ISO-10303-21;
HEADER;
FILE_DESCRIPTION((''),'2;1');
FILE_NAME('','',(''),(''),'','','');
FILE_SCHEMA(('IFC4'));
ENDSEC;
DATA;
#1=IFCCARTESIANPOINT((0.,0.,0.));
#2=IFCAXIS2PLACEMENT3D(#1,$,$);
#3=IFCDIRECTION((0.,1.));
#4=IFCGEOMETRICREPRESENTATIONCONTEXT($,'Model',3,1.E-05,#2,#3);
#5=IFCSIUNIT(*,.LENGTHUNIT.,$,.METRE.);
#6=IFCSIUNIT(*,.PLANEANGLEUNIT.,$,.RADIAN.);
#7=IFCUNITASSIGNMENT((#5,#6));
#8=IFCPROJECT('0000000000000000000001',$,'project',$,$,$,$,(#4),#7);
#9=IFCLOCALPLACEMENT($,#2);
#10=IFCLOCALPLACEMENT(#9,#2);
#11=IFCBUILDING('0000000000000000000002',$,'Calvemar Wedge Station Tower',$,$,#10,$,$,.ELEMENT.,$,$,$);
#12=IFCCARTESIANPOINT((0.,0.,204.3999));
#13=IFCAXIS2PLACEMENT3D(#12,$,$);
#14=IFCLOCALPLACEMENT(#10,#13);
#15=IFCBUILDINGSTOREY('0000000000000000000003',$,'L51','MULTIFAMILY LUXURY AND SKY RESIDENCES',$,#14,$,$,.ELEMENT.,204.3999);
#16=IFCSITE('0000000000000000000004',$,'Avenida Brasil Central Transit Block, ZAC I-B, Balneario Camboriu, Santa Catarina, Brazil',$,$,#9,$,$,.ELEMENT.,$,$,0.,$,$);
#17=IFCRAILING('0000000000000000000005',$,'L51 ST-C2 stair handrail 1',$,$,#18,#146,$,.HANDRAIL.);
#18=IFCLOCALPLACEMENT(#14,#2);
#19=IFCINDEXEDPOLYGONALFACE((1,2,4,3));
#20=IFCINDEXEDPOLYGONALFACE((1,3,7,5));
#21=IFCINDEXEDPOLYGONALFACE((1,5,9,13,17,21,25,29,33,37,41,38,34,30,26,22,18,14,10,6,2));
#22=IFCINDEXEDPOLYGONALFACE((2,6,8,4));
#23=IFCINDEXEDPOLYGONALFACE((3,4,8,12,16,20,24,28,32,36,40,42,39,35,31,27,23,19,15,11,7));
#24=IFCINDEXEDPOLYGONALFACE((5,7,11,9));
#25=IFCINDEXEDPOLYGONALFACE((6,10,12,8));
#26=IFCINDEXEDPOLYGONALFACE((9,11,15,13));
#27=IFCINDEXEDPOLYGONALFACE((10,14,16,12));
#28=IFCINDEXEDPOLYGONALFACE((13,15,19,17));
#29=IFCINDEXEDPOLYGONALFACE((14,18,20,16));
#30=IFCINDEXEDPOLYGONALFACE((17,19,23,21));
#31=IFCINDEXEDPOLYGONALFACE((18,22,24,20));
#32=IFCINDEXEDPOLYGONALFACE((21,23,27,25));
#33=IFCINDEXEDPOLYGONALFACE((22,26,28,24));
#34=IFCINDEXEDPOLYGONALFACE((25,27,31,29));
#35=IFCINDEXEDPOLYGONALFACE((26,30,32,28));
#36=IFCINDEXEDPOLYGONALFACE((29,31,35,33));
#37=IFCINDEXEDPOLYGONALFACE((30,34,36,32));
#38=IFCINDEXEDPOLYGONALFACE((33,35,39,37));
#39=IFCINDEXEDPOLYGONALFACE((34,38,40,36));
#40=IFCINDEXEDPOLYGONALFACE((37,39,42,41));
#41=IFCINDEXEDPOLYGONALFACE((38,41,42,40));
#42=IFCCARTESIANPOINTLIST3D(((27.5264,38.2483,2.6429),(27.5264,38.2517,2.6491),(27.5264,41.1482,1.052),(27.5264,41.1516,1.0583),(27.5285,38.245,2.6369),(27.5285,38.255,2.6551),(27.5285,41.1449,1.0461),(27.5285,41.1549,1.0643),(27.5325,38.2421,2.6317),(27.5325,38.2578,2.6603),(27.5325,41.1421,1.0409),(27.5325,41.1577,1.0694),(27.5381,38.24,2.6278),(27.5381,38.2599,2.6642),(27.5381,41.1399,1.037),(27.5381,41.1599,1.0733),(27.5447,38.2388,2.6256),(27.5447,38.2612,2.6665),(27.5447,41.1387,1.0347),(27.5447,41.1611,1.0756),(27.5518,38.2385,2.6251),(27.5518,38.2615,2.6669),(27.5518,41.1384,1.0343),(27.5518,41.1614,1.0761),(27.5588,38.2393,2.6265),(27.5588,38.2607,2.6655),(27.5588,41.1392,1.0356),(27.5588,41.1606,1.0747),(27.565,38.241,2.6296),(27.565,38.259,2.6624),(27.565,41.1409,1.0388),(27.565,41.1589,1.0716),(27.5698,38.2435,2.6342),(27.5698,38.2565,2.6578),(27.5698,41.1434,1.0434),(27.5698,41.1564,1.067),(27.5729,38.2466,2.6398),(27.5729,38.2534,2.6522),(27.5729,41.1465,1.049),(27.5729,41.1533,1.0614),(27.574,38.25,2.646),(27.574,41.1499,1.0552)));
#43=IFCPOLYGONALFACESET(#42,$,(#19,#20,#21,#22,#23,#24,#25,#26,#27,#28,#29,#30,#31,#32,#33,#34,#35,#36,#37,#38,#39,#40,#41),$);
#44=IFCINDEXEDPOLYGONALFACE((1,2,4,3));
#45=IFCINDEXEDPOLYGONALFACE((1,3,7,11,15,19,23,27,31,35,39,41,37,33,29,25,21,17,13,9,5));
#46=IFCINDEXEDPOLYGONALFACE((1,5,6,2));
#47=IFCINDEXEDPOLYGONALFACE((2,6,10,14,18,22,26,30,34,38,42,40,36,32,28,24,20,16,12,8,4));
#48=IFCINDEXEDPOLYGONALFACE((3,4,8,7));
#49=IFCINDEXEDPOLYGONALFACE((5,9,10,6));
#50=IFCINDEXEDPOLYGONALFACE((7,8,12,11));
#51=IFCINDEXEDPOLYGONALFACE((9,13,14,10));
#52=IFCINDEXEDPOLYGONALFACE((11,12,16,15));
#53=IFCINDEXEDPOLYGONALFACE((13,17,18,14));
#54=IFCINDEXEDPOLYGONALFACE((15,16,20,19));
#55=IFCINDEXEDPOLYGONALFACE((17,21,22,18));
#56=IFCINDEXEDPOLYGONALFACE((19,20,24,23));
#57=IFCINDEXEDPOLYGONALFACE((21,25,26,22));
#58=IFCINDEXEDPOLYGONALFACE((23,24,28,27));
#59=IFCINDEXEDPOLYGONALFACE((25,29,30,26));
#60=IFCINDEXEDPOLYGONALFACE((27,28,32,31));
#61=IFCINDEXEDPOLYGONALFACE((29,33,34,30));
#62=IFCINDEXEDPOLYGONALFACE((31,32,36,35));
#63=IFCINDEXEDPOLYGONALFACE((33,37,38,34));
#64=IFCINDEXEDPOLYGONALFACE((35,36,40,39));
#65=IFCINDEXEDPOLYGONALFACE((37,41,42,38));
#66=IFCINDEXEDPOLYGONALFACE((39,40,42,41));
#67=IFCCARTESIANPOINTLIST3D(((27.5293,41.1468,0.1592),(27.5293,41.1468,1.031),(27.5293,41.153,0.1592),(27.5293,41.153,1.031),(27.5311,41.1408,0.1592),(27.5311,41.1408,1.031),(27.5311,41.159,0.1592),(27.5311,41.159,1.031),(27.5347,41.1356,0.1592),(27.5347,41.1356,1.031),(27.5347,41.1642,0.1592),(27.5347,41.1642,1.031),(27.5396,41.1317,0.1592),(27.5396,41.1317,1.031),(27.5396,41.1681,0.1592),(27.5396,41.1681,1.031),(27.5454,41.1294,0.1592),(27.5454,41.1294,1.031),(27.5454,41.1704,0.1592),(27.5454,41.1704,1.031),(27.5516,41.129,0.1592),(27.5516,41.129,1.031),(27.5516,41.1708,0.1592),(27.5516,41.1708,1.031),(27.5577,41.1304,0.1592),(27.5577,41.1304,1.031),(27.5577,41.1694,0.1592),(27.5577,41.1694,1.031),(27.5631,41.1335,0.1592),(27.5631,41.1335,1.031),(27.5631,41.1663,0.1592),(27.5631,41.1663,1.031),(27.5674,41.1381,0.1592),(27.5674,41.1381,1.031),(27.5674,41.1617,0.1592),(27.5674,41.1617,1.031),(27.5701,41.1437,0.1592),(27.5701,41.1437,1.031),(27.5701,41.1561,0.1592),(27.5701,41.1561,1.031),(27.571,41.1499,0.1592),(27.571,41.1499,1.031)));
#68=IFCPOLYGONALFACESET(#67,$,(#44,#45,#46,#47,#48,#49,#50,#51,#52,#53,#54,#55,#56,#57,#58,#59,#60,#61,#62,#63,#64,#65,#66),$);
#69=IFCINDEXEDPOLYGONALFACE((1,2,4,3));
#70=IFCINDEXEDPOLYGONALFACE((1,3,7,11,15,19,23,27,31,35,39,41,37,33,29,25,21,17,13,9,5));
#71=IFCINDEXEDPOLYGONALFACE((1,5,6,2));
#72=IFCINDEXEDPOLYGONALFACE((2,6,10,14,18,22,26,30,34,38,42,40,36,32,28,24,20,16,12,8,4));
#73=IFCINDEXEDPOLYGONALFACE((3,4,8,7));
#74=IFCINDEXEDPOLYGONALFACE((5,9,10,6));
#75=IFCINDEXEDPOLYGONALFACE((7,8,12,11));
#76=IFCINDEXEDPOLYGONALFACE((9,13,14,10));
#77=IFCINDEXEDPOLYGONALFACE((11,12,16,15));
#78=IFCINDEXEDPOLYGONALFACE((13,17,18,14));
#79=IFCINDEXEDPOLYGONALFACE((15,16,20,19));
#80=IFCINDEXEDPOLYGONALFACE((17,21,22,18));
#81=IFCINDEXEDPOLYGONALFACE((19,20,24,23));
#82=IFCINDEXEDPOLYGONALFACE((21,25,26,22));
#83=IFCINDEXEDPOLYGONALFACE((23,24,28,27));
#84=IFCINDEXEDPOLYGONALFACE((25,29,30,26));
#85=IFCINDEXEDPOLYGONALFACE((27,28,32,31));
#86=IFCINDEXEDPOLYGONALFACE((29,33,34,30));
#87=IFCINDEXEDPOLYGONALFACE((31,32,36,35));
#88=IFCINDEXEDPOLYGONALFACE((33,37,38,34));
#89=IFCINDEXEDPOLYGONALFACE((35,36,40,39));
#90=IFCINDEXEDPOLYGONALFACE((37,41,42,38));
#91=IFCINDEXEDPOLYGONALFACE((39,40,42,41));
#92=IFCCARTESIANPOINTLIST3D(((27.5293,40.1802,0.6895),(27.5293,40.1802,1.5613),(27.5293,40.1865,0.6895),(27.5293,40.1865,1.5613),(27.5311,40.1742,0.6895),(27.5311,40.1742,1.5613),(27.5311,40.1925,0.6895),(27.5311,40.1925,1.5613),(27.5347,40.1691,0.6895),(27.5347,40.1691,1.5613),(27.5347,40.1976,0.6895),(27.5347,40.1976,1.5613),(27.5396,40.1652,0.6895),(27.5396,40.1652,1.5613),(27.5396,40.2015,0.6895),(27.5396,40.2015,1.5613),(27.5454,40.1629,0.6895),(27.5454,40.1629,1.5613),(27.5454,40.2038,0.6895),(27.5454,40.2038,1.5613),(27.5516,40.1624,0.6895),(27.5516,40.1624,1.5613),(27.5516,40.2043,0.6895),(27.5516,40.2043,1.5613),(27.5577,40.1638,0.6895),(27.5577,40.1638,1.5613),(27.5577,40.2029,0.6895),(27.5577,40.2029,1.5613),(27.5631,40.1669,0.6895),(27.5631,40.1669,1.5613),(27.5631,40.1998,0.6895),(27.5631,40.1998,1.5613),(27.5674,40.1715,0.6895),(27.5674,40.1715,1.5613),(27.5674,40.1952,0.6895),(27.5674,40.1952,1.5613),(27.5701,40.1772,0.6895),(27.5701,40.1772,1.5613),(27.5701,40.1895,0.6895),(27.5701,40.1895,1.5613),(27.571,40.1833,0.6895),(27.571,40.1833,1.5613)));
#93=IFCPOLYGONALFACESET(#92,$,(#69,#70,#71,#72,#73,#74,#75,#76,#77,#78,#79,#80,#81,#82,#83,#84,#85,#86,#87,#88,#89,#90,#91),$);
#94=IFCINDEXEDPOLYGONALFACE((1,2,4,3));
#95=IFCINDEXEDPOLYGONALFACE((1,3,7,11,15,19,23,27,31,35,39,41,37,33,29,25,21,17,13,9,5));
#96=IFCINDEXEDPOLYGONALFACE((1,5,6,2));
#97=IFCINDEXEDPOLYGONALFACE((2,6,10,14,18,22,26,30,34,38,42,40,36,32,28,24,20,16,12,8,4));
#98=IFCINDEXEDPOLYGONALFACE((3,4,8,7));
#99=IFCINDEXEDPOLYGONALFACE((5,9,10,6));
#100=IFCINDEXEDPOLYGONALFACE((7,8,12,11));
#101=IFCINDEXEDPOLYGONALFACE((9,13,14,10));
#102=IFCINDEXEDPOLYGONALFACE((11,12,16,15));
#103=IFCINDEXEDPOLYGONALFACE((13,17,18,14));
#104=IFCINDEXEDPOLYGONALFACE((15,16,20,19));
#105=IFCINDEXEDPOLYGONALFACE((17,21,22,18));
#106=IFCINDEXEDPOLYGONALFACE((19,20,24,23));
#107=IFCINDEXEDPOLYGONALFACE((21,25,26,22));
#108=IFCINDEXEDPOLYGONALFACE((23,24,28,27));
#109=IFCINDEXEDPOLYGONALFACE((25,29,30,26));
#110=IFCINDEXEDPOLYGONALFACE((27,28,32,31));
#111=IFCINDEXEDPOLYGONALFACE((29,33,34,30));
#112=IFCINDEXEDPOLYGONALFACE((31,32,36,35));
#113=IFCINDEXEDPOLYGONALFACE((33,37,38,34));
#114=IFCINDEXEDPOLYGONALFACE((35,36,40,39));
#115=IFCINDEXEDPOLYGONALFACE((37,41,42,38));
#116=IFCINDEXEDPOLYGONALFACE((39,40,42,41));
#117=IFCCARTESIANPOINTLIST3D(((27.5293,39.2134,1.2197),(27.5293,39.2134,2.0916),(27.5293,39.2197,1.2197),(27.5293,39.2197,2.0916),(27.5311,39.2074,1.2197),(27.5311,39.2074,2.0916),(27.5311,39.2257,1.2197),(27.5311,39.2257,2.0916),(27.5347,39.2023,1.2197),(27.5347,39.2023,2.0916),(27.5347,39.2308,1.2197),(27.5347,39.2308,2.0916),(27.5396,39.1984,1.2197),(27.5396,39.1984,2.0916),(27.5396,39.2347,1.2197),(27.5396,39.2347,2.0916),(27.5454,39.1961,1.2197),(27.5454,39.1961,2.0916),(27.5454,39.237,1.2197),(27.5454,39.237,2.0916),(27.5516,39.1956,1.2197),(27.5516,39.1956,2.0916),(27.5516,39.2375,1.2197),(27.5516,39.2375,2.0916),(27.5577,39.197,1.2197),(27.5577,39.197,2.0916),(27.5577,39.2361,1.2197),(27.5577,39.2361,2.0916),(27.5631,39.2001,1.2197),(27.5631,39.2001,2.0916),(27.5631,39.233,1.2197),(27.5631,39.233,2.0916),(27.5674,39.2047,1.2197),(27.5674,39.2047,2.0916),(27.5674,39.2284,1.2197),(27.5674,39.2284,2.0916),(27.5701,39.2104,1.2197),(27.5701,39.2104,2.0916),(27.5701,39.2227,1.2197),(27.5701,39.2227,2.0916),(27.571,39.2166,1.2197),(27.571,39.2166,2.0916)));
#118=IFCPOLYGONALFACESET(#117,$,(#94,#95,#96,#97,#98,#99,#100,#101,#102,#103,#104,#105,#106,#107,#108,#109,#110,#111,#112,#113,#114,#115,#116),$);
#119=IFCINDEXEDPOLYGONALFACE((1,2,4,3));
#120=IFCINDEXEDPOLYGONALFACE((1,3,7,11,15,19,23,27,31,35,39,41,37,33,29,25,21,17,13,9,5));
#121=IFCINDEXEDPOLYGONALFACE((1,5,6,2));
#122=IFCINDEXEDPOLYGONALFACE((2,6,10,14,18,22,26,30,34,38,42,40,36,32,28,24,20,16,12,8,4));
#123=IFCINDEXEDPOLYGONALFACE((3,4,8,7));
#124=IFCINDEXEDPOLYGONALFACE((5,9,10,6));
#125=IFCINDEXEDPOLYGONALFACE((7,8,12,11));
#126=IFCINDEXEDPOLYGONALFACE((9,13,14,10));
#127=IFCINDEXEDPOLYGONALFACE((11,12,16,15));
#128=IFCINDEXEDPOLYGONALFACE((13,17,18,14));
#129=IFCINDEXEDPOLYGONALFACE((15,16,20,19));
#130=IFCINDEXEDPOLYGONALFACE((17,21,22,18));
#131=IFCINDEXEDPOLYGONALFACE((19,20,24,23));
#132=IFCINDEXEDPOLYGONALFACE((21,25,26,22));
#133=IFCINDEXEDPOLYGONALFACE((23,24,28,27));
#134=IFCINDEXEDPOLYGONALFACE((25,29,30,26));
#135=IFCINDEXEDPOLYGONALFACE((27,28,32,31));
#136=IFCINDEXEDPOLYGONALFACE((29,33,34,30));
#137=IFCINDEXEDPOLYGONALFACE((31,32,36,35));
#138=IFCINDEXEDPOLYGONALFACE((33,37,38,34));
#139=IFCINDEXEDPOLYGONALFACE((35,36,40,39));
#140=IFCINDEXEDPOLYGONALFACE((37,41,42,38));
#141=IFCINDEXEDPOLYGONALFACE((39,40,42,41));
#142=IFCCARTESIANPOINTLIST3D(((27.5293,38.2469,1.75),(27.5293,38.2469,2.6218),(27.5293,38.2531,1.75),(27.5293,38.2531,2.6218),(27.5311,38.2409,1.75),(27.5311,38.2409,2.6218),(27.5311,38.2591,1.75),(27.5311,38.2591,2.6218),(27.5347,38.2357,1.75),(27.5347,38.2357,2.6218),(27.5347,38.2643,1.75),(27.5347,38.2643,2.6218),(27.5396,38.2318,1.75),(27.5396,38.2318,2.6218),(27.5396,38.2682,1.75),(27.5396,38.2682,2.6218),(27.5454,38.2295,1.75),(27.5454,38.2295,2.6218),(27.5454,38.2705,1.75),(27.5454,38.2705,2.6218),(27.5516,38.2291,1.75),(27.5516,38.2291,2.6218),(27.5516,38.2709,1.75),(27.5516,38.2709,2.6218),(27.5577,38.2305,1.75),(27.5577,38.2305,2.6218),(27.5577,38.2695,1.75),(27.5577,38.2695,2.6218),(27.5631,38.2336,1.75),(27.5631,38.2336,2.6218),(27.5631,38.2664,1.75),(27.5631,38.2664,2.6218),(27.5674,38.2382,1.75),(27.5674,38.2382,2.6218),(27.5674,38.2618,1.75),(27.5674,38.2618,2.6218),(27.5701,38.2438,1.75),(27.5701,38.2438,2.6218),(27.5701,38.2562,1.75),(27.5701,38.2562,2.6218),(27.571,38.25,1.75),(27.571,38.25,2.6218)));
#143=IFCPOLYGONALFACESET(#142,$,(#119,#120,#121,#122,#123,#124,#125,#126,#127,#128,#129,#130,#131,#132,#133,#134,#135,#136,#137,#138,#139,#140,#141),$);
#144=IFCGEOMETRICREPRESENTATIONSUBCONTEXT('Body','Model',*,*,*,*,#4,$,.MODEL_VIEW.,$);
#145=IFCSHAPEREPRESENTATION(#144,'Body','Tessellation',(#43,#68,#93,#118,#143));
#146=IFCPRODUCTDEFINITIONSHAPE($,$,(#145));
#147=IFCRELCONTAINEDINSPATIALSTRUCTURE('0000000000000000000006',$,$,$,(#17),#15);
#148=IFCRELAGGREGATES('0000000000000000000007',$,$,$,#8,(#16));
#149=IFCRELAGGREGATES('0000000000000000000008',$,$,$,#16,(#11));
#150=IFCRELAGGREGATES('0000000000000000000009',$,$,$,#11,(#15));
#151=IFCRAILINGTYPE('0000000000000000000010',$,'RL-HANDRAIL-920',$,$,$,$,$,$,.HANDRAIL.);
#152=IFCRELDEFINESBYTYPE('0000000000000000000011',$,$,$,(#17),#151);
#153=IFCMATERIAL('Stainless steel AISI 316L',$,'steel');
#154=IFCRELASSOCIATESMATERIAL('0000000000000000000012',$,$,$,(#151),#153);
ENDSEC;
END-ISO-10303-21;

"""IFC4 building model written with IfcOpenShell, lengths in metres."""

from ifc_helpers import new_model, si_unit, direction, frame, origin, origin_2d, place, context, subcontext, project, spatial, circle, extrude, material, type_object, element, save


model = new_model("IFC4")

# Units and contexts
model_context = context("Model", 3, precision=1e-05, world=origin(), true_north=direction((0.0, 1.0)))
body_context = subcontext(model_context, "Body", "Model", "MODEL_VIEW")
ifc_project = project(units=[si_unit("LENGTHUNIT", "METRE"), si_unit("PLANEANGLEUNIT", "RADIAN")], contexts=[model_context])

# Site, building, storey
site_placement = place(None, origin())
site = spatial("IfcSite", under=ifc_project, at=site_placement, Name="Avenida Brasil Central Transit Block, ZAC I-B, Balneario Camboriu, Santa Catarina, Brazil", CompositionType="ELEMENT", RefElevation=0.0)
building_placement = place(site_placement, origin())
building = spatial("IfcBuilding", under=site, at=building_placement, Name="Calvemar Wedge Station Tower", CompositionType="ELEMENT")
storey_placement = place(building_placement, frame((0.0, 0.0, 204.3999)))
storey = spatial("IfcBuildingStorey", under=building, at=storey_placement, Name="L51", Description="MULTIFAMILY LUXURY AND SKY RESIDENCES", CompositionType="ELEMENT", Elevation=204.3999)

# Railing
ifc_material_1 = material(Name="Stainless steel AISI 316L", Category="steel")
railing_type = type_object("IfcRailingType", Name="RL-HANDRAIL-920", PredefinedType="HANDRAIL", material=ifc_material_1)
railing_placement = place(storey_placement, frame((27.55, 41.1499, 0.1592)))
element("IfcRailing", 1, at=railing_placement, inside=storey, type_object=railing_type, Name="L51 ST-C2 stair handrail 1", PredefinedType="HANDRAIL", context=body_context, shape_type="SweptSolid", body=[
    extrude(circle(Radius=0.0239, at=origin_2d()), frame((0.0, 0.0, 0.896), z_axis=(0.0, -0.876742, 0.480961), x_axis=(1.0, 0.0, 0.0)), (0.0, 0.0, 1.0), 3.3076),
    extrude(circle(Radius=0.021, at=origin_2d()), origin(), (0.0, 0.0, 1.0), 0.8718),
    extrude(circle(Radius=0.021, at=origin_2d()), frame((0.0, -0.9666, 0.5303)), (0.0, 0.0, 1.0), 0.8718),
    extrude(circle(Radius=0.021, at=origin_2d()), frame((0.0, -1.9333, 1.0605)), (0.0, 0.0, 1.0), 0.8718),
    extrude(circle(Radius=0.021, at=origin_2d()), frame((0.0, -2.8999, 1.5908)), (0.0, 0.0, 1.0), 0.8718),
])

save(model, "model.ifc")
